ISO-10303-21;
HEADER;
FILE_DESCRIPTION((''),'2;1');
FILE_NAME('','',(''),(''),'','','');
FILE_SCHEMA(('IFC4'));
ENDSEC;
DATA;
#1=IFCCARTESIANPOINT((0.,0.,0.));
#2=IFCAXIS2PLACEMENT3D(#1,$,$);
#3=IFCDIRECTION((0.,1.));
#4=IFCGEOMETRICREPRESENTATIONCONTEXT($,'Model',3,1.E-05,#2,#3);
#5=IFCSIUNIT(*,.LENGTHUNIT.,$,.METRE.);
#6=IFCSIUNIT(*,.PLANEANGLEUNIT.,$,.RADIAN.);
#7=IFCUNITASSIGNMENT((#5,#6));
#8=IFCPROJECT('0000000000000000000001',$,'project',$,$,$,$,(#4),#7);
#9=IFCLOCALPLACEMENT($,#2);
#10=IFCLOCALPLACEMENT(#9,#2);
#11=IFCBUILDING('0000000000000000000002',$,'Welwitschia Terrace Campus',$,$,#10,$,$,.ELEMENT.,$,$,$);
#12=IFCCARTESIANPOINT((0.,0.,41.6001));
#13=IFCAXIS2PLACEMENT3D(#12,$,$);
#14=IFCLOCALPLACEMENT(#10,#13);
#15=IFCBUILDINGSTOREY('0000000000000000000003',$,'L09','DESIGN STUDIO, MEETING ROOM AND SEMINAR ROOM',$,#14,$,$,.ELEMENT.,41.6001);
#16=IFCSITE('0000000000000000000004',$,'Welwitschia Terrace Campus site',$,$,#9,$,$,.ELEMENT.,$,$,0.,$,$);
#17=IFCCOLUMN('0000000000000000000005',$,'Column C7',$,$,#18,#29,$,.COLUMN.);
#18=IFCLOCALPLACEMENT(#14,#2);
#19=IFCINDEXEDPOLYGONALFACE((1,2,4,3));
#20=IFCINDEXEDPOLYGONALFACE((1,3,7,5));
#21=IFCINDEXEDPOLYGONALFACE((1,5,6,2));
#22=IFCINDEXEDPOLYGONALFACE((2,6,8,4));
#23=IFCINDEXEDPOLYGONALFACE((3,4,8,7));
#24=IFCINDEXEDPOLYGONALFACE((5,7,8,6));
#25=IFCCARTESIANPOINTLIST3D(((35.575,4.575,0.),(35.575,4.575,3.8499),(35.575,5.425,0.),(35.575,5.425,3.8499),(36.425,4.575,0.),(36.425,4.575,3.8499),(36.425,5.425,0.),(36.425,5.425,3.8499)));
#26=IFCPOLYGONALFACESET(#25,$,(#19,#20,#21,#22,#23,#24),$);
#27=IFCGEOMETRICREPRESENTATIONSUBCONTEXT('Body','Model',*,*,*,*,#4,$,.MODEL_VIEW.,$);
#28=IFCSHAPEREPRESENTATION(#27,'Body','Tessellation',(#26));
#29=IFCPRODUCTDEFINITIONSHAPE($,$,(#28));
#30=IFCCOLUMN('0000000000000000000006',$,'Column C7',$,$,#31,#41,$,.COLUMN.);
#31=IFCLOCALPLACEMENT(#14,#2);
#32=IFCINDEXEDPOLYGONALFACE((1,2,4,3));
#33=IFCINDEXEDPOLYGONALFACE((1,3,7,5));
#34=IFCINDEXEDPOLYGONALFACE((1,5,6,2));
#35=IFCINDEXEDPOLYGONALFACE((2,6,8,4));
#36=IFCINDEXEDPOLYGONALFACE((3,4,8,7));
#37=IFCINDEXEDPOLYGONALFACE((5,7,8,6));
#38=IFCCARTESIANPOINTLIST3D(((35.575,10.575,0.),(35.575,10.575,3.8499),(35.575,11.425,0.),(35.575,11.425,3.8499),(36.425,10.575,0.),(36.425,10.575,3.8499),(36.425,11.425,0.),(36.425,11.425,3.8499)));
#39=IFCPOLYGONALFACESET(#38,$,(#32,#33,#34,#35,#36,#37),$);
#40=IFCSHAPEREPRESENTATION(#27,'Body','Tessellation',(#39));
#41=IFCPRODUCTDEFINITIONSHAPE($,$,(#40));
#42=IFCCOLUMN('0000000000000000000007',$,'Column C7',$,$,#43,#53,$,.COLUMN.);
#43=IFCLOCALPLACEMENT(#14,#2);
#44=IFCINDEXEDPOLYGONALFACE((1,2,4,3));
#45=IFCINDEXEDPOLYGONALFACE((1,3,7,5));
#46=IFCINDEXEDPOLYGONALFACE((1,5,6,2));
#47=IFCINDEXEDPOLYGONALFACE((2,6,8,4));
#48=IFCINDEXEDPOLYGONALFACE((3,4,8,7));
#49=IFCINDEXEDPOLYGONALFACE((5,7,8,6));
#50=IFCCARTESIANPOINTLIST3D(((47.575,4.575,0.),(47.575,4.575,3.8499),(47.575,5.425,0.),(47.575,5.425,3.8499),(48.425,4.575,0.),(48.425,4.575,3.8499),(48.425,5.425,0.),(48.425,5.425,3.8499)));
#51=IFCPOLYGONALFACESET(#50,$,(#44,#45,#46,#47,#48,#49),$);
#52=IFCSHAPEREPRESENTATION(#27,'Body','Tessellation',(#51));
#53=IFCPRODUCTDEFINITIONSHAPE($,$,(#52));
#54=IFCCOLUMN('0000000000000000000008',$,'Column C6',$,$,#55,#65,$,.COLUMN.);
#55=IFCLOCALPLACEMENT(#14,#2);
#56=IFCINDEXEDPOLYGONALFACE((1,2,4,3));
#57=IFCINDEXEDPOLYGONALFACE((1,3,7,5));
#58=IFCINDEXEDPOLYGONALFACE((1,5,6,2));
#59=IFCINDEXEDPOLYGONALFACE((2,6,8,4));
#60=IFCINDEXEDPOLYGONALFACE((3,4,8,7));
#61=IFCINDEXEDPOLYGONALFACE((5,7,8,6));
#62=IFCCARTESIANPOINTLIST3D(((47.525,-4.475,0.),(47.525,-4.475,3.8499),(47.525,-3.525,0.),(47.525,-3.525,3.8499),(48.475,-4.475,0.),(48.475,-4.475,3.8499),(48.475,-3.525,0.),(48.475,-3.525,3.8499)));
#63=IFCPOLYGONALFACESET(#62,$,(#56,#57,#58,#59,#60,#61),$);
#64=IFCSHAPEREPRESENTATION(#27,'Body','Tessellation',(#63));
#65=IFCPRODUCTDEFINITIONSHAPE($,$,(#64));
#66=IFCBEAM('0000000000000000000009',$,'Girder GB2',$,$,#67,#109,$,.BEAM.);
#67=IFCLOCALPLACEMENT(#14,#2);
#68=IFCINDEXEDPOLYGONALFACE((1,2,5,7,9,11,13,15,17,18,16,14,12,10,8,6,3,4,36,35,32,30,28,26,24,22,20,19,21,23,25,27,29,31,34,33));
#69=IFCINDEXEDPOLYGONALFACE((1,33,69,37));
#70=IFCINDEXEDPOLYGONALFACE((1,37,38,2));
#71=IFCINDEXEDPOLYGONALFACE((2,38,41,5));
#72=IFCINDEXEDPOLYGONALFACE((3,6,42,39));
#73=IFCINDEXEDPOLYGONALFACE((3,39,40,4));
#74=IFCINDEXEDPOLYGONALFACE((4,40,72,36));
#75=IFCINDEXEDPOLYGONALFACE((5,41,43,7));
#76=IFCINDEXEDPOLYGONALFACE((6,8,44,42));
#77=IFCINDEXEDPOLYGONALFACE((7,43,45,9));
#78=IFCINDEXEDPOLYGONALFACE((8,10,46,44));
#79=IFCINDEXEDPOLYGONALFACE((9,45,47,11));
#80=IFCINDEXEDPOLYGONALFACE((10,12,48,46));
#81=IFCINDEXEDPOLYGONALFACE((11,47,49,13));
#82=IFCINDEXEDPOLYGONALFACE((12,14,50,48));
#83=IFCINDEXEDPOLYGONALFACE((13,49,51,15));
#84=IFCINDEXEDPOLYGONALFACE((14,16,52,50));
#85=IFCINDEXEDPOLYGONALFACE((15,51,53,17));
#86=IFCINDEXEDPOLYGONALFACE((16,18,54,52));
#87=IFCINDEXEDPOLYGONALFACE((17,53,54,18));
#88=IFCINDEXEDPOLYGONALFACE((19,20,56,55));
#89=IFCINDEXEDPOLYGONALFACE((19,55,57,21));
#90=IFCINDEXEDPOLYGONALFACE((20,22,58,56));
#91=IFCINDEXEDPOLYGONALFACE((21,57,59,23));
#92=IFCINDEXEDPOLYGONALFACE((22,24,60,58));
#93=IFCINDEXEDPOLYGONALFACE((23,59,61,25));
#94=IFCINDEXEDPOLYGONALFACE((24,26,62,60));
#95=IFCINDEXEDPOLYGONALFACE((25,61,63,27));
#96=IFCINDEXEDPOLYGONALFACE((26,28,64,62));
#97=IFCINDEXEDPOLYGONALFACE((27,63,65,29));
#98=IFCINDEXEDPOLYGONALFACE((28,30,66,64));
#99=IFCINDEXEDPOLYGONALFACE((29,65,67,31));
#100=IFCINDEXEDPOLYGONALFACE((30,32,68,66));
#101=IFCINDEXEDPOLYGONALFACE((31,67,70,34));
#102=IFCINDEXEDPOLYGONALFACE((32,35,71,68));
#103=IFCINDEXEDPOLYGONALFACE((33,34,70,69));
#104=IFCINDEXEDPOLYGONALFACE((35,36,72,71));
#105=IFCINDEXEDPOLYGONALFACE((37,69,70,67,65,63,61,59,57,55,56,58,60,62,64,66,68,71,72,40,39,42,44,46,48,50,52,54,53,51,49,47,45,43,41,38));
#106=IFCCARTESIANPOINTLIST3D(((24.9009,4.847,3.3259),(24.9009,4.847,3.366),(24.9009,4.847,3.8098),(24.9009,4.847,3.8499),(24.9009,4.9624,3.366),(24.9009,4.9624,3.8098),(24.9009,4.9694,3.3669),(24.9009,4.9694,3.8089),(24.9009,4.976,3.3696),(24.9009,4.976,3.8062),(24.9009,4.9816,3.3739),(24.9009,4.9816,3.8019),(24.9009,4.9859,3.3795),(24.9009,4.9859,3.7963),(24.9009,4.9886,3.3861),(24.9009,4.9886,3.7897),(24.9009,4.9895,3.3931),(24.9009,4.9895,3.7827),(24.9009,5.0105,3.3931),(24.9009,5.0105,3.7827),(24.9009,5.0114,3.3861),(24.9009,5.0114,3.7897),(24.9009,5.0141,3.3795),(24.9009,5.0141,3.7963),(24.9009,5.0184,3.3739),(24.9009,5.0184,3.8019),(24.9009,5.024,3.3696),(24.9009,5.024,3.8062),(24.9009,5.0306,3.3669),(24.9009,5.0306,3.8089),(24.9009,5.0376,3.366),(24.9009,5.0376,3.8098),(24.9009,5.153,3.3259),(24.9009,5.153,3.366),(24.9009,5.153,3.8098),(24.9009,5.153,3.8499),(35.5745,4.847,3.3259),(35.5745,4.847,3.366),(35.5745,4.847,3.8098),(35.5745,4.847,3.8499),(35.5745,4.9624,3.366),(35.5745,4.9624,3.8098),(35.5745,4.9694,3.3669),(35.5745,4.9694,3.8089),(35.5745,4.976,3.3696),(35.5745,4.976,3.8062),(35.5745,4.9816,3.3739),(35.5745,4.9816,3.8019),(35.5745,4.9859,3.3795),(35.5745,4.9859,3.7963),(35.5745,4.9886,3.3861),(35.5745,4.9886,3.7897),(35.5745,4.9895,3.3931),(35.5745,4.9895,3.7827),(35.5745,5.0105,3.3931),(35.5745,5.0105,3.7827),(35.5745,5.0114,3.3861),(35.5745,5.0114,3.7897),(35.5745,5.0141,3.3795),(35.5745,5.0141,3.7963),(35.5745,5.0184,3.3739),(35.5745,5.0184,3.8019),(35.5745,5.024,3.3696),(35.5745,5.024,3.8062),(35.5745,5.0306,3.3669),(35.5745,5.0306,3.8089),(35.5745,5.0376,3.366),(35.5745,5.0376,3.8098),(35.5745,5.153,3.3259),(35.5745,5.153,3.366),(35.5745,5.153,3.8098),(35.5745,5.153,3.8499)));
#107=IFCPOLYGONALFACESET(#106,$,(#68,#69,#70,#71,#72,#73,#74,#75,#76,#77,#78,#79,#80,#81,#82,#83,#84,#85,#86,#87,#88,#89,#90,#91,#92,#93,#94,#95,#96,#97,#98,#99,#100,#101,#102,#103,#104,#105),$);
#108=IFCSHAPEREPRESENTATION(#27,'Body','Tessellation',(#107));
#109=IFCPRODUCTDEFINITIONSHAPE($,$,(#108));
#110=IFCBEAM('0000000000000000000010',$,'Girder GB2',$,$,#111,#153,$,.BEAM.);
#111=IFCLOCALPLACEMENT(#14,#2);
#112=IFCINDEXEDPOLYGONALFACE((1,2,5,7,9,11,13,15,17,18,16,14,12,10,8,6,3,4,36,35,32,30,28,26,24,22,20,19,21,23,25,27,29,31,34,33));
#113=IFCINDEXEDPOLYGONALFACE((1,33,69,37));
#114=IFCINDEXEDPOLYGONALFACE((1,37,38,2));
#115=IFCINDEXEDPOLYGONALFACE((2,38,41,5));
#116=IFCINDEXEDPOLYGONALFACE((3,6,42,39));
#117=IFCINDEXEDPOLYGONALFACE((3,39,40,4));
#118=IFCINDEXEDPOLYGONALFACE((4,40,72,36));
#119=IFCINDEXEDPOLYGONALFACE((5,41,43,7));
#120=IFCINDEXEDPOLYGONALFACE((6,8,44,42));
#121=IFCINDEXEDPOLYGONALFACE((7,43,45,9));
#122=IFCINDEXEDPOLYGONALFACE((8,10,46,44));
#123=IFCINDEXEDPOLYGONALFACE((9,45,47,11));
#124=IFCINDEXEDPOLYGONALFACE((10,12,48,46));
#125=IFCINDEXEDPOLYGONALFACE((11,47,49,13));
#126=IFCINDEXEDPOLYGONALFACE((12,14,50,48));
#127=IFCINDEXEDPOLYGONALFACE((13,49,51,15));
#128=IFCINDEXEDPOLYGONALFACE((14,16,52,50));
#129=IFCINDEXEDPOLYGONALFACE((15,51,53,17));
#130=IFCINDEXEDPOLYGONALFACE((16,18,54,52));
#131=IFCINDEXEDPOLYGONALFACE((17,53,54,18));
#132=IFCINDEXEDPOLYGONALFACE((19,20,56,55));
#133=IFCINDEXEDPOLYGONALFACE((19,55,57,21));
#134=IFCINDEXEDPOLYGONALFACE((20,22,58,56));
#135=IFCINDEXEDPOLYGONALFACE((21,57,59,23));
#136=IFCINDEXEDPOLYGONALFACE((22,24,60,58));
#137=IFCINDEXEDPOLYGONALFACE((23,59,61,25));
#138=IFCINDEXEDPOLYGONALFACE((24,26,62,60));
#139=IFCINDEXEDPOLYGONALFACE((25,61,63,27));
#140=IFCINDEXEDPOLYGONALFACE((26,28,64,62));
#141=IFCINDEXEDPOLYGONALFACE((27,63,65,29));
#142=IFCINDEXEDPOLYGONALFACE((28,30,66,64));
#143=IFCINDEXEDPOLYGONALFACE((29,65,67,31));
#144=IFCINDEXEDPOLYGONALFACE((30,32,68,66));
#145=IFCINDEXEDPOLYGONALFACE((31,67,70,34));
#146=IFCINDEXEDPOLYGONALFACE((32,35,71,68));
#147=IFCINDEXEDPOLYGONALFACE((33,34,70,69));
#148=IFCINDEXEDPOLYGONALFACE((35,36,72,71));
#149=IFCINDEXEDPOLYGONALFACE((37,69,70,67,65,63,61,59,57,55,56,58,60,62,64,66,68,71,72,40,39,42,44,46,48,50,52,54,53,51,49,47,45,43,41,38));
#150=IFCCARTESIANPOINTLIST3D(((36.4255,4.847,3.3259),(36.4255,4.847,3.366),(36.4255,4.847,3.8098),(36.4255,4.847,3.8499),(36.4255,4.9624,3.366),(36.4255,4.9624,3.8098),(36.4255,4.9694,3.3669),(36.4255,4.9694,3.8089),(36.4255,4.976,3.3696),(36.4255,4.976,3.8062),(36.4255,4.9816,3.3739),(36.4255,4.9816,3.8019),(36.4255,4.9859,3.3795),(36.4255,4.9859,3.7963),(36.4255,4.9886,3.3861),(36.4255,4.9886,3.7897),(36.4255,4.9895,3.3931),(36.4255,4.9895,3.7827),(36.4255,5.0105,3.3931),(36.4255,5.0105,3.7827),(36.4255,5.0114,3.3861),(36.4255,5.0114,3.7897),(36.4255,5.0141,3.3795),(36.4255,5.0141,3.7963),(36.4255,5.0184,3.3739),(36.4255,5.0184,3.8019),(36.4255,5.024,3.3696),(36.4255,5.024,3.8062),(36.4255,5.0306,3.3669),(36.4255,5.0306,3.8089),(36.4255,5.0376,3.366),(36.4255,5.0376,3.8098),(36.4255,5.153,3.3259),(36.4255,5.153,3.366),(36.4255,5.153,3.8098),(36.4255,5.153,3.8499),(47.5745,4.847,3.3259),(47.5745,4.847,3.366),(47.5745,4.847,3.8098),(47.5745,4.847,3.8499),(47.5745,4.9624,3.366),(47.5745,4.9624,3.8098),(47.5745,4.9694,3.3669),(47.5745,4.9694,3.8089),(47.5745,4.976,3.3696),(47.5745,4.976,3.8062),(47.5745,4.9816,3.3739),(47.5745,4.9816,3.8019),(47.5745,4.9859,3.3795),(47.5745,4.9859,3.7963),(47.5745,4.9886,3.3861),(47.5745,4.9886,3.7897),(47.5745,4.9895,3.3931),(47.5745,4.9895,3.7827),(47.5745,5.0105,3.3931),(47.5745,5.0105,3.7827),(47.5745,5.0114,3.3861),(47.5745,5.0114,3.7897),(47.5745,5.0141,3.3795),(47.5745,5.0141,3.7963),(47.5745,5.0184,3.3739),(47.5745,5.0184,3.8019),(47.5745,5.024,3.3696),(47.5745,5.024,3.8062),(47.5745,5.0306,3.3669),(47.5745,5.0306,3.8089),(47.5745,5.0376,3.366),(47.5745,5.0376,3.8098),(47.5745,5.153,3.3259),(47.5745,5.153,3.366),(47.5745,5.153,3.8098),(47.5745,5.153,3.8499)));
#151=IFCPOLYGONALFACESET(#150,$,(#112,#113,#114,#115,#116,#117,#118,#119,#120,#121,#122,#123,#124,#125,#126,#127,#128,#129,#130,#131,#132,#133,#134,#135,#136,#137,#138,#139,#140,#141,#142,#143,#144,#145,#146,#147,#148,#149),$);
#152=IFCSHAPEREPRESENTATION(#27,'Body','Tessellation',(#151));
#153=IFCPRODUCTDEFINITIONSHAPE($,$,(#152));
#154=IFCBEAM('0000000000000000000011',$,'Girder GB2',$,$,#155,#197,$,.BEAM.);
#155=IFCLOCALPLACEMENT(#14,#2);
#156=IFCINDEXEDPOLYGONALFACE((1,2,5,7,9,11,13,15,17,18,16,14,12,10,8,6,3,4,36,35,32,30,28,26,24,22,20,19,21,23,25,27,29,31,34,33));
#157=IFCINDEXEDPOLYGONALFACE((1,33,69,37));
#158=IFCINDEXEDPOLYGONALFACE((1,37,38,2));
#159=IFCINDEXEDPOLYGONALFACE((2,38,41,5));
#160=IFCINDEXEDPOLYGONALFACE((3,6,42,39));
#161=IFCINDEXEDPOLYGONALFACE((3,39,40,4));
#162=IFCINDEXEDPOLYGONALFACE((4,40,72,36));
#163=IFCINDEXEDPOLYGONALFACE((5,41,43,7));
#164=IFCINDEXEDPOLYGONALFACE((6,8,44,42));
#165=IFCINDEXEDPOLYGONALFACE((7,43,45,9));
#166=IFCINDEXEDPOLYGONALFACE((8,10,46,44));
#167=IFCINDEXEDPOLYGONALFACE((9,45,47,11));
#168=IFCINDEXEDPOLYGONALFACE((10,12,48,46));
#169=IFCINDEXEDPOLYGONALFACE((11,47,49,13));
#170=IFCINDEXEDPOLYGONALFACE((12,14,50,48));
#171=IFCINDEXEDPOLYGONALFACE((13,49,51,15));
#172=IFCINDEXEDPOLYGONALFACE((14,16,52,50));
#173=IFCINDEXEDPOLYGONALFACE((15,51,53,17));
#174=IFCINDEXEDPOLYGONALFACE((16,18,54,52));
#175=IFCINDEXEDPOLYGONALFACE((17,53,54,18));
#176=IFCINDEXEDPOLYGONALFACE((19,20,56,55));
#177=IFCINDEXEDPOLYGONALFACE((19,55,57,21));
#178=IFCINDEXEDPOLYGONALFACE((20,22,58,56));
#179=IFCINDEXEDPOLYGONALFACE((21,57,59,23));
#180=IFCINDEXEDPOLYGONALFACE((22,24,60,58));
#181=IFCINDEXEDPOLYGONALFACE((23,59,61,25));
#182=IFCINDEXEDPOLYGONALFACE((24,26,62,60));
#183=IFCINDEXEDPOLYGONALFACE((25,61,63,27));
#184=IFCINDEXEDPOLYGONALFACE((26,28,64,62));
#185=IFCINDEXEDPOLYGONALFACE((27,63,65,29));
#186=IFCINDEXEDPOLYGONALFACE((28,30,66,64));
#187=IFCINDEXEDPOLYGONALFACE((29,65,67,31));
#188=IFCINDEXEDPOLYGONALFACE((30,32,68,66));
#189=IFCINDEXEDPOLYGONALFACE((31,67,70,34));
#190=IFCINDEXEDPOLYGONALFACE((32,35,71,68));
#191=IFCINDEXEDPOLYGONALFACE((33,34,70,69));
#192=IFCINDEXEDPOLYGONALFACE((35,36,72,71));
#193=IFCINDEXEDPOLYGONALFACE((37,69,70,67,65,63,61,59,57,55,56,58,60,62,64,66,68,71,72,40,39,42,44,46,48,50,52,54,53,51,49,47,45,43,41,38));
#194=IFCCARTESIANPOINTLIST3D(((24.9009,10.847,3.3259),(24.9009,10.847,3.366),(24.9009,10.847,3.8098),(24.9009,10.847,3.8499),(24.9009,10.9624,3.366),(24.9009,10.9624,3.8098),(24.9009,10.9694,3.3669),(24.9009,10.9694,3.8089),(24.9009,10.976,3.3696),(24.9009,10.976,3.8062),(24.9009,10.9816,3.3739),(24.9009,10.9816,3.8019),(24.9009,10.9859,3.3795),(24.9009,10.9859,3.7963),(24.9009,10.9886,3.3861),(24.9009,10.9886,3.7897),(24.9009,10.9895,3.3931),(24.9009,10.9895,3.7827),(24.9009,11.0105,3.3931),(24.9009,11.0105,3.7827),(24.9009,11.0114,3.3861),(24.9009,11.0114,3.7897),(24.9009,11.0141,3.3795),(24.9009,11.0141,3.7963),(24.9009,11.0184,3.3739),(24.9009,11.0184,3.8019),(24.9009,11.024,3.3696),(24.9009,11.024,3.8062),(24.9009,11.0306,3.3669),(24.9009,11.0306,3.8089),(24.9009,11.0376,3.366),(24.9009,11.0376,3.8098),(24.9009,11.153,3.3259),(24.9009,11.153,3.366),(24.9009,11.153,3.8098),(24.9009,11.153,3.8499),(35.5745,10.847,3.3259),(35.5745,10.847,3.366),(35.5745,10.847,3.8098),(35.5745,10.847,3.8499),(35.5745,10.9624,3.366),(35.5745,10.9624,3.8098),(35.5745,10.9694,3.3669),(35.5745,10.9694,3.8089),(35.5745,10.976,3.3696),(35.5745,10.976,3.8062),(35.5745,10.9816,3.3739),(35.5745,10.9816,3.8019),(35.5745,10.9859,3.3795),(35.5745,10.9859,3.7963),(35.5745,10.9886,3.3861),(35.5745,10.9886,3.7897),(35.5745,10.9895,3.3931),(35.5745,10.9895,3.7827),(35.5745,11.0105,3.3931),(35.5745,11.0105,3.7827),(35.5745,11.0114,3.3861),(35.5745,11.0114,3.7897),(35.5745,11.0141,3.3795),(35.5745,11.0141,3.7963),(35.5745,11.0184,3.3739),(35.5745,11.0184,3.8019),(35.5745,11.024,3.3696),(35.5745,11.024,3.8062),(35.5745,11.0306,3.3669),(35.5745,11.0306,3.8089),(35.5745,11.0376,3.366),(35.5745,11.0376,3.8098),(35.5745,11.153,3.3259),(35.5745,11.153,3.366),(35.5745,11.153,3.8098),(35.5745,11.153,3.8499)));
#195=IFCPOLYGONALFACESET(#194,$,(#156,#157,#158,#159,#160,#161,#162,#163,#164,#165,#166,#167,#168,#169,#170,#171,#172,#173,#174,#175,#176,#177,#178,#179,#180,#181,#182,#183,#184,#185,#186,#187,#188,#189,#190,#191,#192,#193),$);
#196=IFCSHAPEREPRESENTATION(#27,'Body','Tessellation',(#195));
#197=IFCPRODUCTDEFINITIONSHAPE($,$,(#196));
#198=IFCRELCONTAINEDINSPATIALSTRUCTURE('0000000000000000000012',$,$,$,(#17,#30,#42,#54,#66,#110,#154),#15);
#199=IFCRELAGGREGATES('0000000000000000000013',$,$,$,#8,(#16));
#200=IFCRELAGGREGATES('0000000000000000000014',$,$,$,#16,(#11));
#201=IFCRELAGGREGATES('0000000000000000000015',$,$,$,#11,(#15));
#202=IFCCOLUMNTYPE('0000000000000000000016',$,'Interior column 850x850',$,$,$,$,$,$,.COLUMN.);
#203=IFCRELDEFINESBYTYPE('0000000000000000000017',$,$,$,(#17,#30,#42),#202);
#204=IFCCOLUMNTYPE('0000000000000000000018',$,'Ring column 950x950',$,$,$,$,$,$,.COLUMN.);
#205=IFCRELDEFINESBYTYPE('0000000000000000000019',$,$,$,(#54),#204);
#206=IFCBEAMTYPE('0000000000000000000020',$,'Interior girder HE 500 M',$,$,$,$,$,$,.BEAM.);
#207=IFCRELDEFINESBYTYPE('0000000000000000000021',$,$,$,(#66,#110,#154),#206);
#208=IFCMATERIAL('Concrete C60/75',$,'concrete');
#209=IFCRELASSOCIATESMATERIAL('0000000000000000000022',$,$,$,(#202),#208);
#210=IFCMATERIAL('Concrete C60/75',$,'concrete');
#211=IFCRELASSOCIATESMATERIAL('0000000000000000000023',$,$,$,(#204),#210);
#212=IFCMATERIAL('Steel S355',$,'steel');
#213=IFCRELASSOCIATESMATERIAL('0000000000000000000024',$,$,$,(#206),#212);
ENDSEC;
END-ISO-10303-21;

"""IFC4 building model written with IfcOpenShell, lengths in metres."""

from ifc_helpers import new_model, si_unit, direction, frame, origin, origin_2d, place, context, subcontext, project, spatial, rectangle, i_section, extrude, material, material_profile, profile_set, type_object, element, save


model = new_model("IFC4")

# Units and contexts
model_context = context("Model", 3, precision=1e-05, world=origin(), true_north=direction((0.0, 1.0)))
body_context = subcontext(model_context, "Body", "Model", "MODEL_VIEW")
ifc_project = project(units=[si_unit("LENGTHUNIT", "METRE"), si_unit("PLANEANGLEUNIT", "RADIAN")], contexts=[model_context])

# Site, building, storey
site_placement = place(None, origin())
site = spatial("IfcSite", under=ifc_project, at=site_placement, Name="Welwitschia Terrace Campus site", CompositionType="ELEMENT", RefElevation=0.0)
building_placement = place(site_placement, origin())
building = spatial("IfcBuilding", under=site, at=building_placement, Name="Welwitschia Terrace Campus", CompositionType="ELEMENT")
storey_placement = place(building_placement, frame((0.0, 0.0, 41.6001)))
storey = spatial("IfcBuildingStorey", under=building, at=storey_placement, Name="L09", Description="DESIGN STUDIO, MEETING ROOM AND SEMINAR ROOM", CompositionType="ELEMENT", Elevation=41.6001)

# Columns
ifc_material_1 = material(Name="Concrete C60/75", Category="concrete")
ifc_material_profile_1 = material_profile(ifc_material_1, rectangle(XDim=0.8501, YDim=0.8501, at=origin_2d()))
ifc_profile_set_1 = profile_set([ifc_material_profile_1], Name="Concrete C60/75")
column_type_1 = type_object("IfcColumnType", Name="Interior column 850x850", PredefinedType="COLUMN", material=ifc_profile_set_1)
for number, where, z_axis, x_axis, name in (
    (1, (36.0, 5.0, 0.0), (0.0, 0.0, 1.0), (1.0, 0.0, 0.0), "Column C7"),
    (2, (36.0, 11.0, 0.0), (0.0, 0.0, 1.0), (1.0, 0.0, 0.0), "Column C7"),
    (3, (48.0, 5.0, 0.0), (0.0, 0.0, 1.0), (1.0, 0.0, 0.0), "Column C7"),
):
    element("IfcColumn", number, at=place(storey_placement, frame(where, z_axis=z_axis, x_axis=x_axis)), inside=storey, type_object=column_type_1, Name=name, PredefinedType="COLUMN", context=body_context, shape_type="SweptSolid", body=[
        extrude(rectangle(XDim=0.8501, YDim=0.8501, at=origin_2d()), origin(), (0.0, 0.0, 1.0), 3.8499),
    ])
ifc_material_2 = material(Name="Concrete C60/75", Category="concrete")
ifc_material_profile_2 = material_profile(ifc_material_2, rectangle(XDim=0.95, YDim=0.95, at=origin_2d()))
ifc_profile_set_2 = profile_set([ifc_material_profile_2], Name="Concrete C60/75")
column_type_2 = type_object("IfcColumnType", Name="Ring column 950x950", PredefinedType="COLUMN", material=ifc_profile_set_2)
column_placement = place(storey_placement, frame((48.0, -4.0, 0.0), z_axis=(0.0, 0.0, 1.0), x_axis=(1.0, 0.0, 0.0)))
element("IfcColumn", 4, at=column_placement, inside=storey, type_object=column_type_2, Name="Column C6", PredefinedType="COLUMN", context=body_context, shape_type="SweptSolid", body=[
    extrude(rectangle(XDim=0.95, YDim=0.95, at=origin_2d()), origin(), (0.0, 0.0, 1.0), 3.8499),
])

# Beams
ifc_material_3 = material(Name="Steel S355", Category="steel")
ifc_material_profile_3 = material_profile(ifc_material_3, i_section(OverallWidth=0.3059, OverallDepth=0.5239, WebThickness=0.021, FlangeThickness=0.04, FilletRadius=0.0271, at=origin_2d()))
ifc_profile_set_3 = profile_set([ifc_material_profile_3], Name="Steel S355")
beam_type_1 = type_object("IfcBeamType", Name="Interior girder HE 500 M", PredefinedType="BEAM", material=ifc_profile_set_3)
beam_1_placement = place(storey_placement, frame((24.9009, 5.0, 3.5879), z_axis=(1.0, 0.0, 0.0), x_axis=(0.0, 1.0, 0.0)))
element("IfcBeam", 5, at=beam_1_placement, inside=storey, type_object=beam_type_1, Name="Girder GB2", PredefinedType="BEAM", context=body_context, shape_type="SweptSolid", body=[
    extrude(i_section(OverallWidth=0.3059, OverallDepth=0.5239, WebThickness=0.021, FlangeThickness=0.04, FilletRadius=0.0271, at=origin_2d()), origin(), (0.0, 0.0, 1.0), 10.6736),
])
beam_2_placement = place(storey_placement, frame((36.4255, 5.0, 3.5879), z_axis=(1.0, 0.0, 0.0), x_axis=(0.0, 1.0, 0.0)))
element("IfcBeam", 6, at=beam_2_placement, inside=storey, type_object=beam_type_1, Name="Girder GB2", PredefinedType="BEAM", context=body_context, shape_type="SweptSolid", body=[
    extrude(i_section(OverallWidth=0.3059, OverallDepth=0.5239, WebThickness=0.021, FlangeThickness=0.04, FilletRadius=0.0271, at=origin_2d()), origin(), (0.0, 0.0, 1.0), 11.1489),
])
beam_3_placement = place(storey_placement, frame((24.9009, 11.0, 3.5879), z_axis=(1.0, 0.0, 0.0), x_axis=(0.0, 1.0, 0.0)))
element("IfcBeam", 7, at=beam_3_placement, inside=storey, type_object=beam_type_1, Name="Girder GB2", PredefinedType="BEAM", context=body_context, shape_type="SweptSolid", body=[
    extrude(i_section(OverallWidth=0.3059, OverallDepth=0.5239, WebThickness=0.021, FlangeThickness=0.04, FilletRadius=0.0271, at=origin_2d()), origin(), (0.0, 0.0, 1.0), 10.6736),
])

save(model, "model.ifc")
